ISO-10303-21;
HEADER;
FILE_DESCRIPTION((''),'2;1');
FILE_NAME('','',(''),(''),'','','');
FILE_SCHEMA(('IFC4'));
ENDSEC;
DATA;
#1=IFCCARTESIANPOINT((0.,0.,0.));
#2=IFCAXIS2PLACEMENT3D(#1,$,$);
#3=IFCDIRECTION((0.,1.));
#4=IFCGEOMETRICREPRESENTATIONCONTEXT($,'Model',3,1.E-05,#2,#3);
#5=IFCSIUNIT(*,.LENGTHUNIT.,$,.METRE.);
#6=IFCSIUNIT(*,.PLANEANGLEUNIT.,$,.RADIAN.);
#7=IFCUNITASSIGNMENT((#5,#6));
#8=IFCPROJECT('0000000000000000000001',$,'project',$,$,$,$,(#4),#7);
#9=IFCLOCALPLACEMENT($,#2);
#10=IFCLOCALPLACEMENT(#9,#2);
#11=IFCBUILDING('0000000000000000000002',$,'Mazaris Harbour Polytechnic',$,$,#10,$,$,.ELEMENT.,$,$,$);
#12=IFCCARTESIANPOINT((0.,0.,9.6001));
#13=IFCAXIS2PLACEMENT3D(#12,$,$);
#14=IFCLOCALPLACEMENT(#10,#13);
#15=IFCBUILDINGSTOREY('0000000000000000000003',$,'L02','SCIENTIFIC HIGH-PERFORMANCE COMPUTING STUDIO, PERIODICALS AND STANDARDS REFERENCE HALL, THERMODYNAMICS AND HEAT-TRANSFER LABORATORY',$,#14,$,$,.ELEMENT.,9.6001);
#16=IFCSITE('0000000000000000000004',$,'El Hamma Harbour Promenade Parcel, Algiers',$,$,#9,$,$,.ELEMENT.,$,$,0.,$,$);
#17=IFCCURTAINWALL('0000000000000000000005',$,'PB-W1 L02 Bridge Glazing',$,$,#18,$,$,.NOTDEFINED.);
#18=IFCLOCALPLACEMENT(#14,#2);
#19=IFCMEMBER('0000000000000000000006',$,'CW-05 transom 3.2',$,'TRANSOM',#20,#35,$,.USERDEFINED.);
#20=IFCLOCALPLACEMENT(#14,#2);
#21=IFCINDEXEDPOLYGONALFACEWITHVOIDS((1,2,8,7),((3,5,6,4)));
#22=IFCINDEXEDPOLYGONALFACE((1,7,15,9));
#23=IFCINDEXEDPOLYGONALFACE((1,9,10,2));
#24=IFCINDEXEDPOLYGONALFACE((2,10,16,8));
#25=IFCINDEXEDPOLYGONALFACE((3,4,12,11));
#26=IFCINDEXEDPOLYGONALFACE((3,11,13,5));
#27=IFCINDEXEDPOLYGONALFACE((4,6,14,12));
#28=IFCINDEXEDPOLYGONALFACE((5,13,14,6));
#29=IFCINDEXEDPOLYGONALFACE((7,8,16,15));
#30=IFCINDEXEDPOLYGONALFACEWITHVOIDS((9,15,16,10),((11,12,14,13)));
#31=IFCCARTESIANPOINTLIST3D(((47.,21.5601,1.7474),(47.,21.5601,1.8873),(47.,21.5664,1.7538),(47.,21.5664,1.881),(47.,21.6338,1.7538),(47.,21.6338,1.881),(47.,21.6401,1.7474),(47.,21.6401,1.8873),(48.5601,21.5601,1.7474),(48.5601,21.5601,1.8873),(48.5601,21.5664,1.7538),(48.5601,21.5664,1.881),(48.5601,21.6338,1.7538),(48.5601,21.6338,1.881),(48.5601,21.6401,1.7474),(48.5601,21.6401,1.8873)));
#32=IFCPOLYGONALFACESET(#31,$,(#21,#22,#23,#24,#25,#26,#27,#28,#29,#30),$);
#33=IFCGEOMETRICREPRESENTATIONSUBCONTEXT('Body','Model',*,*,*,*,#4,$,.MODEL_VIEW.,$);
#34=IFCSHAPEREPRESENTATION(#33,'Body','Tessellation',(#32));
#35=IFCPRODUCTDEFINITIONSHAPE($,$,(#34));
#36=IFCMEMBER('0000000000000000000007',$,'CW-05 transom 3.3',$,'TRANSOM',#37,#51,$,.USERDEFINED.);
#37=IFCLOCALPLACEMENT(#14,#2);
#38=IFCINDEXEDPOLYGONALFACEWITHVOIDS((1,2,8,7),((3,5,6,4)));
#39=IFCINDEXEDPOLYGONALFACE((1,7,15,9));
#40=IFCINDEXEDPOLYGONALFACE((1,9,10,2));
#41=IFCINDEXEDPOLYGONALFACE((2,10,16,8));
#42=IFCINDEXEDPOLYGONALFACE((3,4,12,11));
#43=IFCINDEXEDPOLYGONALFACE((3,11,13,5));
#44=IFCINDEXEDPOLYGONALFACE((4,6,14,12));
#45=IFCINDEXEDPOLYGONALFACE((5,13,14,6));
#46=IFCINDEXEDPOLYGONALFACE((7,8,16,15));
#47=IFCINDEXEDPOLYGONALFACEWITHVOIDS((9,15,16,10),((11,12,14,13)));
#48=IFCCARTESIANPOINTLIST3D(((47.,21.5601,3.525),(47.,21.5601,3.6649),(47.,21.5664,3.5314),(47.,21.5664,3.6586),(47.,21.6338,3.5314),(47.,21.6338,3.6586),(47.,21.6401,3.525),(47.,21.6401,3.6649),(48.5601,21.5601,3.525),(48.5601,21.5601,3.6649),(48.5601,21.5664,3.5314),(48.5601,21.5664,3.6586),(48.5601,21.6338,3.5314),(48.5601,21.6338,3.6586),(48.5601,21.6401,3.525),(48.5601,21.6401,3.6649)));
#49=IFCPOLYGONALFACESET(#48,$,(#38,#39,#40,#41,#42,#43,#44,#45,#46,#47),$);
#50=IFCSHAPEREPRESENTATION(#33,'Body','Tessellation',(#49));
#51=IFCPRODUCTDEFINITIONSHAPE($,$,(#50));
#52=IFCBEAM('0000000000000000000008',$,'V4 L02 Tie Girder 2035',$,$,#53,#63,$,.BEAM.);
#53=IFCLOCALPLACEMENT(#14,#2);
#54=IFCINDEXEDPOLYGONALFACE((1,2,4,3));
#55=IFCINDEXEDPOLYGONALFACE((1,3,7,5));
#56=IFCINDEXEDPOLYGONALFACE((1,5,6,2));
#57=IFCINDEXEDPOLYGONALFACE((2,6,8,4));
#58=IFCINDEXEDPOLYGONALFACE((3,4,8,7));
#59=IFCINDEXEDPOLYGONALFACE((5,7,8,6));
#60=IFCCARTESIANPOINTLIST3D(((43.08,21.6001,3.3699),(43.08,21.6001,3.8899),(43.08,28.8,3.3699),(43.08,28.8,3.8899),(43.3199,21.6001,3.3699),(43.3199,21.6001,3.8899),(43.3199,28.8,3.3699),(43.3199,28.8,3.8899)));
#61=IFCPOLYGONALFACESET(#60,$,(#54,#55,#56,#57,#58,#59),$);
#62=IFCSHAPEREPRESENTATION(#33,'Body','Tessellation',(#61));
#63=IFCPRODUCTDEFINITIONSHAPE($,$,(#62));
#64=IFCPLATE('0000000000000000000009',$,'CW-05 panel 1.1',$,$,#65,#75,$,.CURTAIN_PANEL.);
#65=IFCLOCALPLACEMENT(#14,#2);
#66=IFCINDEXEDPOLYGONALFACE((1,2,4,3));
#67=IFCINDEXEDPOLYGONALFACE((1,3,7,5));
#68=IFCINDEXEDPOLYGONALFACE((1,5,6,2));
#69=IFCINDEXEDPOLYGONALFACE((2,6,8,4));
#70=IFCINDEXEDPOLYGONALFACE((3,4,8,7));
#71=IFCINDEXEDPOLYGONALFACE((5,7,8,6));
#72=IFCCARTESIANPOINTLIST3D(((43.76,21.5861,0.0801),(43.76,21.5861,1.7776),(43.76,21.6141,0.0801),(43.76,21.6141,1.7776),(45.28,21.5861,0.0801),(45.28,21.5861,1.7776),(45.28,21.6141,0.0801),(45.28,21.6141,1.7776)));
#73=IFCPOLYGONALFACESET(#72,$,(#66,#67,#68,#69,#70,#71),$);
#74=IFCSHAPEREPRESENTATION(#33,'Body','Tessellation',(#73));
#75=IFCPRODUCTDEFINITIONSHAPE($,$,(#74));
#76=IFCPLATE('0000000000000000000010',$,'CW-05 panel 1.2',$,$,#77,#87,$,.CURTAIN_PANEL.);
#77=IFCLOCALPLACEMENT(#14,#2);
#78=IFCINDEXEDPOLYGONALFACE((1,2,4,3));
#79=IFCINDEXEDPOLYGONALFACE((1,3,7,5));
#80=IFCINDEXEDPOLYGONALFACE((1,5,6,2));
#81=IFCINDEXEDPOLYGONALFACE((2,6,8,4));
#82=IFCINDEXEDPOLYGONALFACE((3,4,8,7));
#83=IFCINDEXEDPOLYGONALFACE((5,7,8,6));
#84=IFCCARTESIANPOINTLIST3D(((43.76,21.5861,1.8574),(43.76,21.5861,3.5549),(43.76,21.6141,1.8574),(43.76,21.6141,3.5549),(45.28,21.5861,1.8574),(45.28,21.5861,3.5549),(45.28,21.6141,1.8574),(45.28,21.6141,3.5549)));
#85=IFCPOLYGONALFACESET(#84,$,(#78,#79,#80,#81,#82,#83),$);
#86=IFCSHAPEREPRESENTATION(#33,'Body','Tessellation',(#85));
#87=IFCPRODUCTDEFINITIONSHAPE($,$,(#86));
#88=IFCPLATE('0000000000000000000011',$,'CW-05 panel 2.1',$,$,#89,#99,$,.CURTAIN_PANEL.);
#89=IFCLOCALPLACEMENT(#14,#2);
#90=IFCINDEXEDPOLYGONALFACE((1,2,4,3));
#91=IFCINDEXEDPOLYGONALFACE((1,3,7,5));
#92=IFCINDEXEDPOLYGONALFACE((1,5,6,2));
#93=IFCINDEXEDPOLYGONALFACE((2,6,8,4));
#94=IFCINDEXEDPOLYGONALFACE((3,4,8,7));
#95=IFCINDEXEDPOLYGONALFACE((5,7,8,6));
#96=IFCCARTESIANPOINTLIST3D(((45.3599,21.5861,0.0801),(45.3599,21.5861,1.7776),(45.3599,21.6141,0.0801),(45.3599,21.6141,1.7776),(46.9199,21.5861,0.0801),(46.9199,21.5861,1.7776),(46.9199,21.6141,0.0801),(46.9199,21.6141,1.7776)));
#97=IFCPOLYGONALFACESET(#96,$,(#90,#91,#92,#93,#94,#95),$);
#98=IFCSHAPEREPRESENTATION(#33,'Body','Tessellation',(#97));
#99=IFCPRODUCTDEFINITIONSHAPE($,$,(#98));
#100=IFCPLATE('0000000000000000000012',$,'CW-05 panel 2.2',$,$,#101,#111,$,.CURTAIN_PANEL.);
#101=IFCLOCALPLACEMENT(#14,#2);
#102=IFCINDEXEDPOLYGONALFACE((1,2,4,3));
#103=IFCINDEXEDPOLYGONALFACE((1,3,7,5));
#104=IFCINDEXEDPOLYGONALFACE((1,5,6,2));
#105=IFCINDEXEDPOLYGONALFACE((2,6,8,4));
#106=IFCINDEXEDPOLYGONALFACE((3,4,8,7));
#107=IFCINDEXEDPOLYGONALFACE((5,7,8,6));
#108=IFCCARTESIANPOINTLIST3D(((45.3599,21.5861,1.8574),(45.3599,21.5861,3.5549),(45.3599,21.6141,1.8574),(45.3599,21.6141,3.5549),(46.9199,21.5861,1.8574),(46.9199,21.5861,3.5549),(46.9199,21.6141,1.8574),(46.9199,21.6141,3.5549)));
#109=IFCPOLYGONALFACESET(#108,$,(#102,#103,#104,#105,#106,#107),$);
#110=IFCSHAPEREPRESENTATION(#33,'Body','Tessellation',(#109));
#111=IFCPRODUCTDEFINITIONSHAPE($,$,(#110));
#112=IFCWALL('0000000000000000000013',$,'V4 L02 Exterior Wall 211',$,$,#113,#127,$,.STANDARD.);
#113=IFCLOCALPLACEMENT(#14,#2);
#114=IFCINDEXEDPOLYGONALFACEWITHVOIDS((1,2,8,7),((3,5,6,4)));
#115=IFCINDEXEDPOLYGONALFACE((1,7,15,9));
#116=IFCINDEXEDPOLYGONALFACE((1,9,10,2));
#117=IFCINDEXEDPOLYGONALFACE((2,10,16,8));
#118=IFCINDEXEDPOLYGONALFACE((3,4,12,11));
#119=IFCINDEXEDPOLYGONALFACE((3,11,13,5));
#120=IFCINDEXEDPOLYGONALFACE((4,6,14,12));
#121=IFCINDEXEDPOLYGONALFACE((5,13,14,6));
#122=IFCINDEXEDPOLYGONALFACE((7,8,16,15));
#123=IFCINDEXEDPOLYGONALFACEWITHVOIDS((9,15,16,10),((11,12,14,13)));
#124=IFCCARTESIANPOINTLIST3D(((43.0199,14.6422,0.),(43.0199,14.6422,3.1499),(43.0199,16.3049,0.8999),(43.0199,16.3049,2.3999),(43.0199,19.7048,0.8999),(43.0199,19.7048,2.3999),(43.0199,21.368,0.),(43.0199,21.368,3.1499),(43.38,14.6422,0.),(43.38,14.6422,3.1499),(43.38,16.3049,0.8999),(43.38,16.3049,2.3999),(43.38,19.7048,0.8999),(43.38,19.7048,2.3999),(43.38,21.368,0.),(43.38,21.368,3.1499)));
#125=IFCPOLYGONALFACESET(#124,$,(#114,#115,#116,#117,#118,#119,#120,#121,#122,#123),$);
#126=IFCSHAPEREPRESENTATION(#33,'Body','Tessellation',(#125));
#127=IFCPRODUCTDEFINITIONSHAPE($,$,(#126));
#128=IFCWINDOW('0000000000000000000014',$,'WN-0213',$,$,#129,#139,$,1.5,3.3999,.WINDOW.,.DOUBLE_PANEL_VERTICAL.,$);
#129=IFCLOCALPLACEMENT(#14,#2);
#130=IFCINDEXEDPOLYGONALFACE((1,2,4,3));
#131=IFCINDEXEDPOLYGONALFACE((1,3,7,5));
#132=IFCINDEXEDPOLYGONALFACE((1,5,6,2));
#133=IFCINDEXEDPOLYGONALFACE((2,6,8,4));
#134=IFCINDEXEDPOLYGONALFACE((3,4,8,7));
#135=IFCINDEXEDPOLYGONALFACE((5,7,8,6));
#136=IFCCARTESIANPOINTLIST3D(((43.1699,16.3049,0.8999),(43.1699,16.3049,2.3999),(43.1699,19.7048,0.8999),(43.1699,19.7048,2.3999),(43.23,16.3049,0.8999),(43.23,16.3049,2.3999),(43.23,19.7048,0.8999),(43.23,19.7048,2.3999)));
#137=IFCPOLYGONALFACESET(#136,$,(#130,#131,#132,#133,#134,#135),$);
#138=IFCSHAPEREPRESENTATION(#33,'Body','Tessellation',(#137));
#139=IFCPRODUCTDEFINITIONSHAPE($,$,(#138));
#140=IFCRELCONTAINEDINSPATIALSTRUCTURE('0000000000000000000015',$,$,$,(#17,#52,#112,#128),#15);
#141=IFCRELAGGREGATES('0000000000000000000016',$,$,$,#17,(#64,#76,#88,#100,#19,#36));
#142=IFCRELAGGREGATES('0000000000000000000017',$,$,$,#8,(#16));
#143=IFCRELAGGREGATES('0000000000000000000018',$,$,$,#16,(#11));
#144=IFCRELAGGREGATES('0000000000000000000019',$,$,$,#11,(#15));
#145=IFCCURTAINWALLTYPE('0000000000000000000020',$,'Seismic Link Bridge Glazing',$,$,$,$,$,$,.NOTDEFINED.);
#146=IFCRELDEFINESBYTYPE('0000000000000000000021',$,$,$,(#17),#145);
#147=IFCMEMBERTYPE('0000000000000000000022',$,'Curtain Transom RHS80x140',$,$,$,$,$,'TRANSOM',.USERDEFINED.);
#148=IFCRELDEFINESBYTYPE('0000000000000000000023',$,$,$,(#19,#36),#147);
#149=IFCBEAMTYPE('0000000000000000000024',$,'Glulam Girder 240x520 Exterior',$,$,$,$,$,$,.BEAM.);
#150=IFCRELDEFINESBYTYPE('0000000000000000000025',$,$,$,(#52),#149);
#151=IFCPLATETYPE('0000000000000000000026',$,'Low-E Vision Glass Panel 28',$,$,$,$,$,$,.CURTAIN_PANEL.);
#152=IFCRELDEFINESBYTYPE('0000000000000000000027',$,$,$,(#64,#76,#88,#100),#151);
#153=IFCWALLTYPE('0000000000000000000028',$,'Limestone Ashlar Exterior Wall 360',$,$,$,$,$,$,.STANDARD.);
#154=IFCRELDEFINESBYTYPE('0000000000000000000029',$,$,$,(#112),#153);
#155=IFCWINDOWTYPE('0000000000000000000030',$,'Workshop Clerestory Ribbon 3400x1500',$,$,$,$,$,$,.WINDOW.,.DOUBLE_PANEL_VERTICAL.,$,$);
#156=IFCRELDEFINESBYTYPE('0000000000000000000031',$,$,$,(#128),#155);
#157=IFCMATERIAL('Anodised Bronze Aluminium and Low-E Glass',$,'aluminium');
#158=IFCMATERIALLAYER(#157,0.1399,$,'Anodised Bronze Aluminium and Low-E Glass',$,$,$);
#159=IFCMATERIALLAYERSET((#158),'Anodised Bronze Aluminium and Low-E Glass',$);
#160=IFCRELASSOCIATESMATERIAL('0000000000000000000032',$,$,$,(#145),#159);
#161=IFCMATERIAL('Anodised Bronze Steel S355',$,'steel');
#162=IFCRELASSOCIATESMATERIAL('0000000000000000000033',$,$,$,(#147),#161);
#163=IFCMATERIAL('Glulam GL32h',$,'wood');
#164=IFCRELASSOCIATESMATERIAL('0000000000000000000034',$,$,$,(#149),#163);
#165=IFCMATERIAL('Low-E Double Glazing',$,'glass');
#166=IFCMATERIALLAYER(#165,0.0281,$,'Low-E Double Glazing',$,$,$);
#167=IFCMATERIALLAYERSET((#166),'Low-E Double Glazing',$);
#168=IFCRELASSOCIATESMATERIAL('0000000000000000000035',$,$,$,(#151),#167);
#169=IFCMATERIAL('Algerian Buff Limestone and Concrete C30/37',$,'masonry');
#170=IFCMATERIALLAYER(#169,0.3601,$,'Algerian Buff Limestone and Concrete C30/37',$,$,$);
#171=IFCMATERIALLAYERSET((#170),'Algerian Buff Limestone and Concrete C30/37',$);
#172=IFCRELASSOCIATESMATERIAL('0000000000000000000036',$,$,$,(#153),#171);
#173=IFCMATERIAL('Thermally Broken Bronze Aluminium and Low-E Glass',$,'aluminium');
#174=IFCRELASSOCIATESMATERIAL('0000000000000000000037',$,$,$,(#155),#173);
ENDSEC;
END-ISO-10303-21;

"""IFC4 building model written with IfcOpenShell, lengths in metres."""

from ifc_helpers import new_model, si_unit, direction, frame, frame_2d, origin, origin_2d, place, context, subcontext, project, spatial, rectangle, hollow_rectangle, extrude, material, layer, layer_set, material_profile, profile_set, type_object, element, fill, aggregate, save


model = new_model("IFC4")

# Units and contexts
model_context = context("Model", 3, precision=1e-05, world=origin(), true_north=direction((0.0, 1.0)))
body_context = subcontext(model_context, "Body", "Model", "MODEL_VIEW")
ifc_project = project(units=[si_unit("LENGTHUNIT", "METRE"), si_unit("PLANEANGLEUNIT", "RADIAN")], contexts=[model_context])

# Site, building, storey
site_placement = place(None, origin())
site = spatial("IfcSite", under=ifc_project, at=site_placement, Name="El Hamma Harbour Promenade Parcel, Algiers", CompositionType="ELEMENT", RefElevation=0.0)
building_placement = place(site_placement, origin())
building = spatial("IfcBuilding", under=site, at=building_placement, Name="Mazaris Harbour Polytechnic", CompositionType="ELEMENT")
storey_placement = place(building_placement, frame((0.0, 0.0, 9.6001)))
storey = spatial("IfcBuildingStorey", under=building, at=storey_placement, Name="L02", Description="SCIENTIFIC HIGH-PERFORMANCE COMPUTING STUDIO, PERIODICALS AND STANDARDS REFERENCE HALL, THERMODYNAMICS AND HEAT-TRANSFER LABORATORY", CompositionType="ELEMENT", Elevation=9.6001)

# Curtain wall, members
ifc_material_1 = material(Name="Anodised Bronze Aluminium and Low-E Glass", Category="aluminium")
ifc_layer_1 = layer(ifc_material_1, 0.1399, Name="Anodised Bronze Aluminium and Low-E Glass")
ifc_layer_set_1 = layer_set([ifc_layer_1], Name="Anodised Bronze Aluminium and Low-E Glass")
curtain_wall_type = type_object("IfcCurtainWallType", Name="Seismic Link Bridge Glazing", PredefinedType="NOTDEFINED", material=ifc_layer_set_1)
curtain_wall_placement = place(storey_placement, origin())
curtain_wall = element("IfcCurtainWall", 1, at=curtain_wall_placement, inside=storey, type_object=curtain_wall_type, Name="PB-W1 L02 Bridge Glazing", PredefinedType="NOTDEFINED")
ifc_material_2 = material(Name="Anodised Bronze Steel S355", Category="steel")
ifc_material_profile_1 = material_profile(ifc_material_2, hollow_rectangle(XDim=0.0801, YDim=0.1399, WallThickness=0.0063, at=origin_2d()), Name="RHS 80x140x6.3")
ifc_profile_set_1 = profile_set([ifc_material_profile_1], Name="Anodised Bronze Steel S355")
member_type_1 = type_object("IfcMemberType", Name="Curtain Transom RHS80x140", ElementType="TRANSOM", PredefinedType="USERDEFINED", material=ifc_profile_set_1)
member_1_placement = place(storey_placement, frame((47.0, 21.6001, 1.8174), z_axis=(1.0, 0.0, 0.0), x_axis=(0.0, 1.0, 0.0)))
member_1 = element("IfcMember", 2, at=member_1_placement, type_object=member_type_1, Name="CW-05 transom 3.2", ObjectType="TRANSOM", PredefinedType="USERDEFINED", context=body_context, shape_type="SweptSolid", body=[
    extrude(hollow_rectangle(XDim=0.0801, YDim=0.1399, WallThickness=0.0063, at=origin_2d()), origin(), (0.0, 0.0, 1.0), 1.5601),
])
member_2_placement = place(storey_placement, frame((47.0, 21.6001, 3.595), z_axis=(1.0, 0.0, 0.0), x_axis=(0.0, 1.0, 0.0)))
member_2 = element("IfcMember", 3, at=member_2_placement, type_object=member_type_1, Name="CW-05 transom 3.3", ObjectType="TRANSOM", PredefinedType="USERDEFINED", context=body_context, shape_type="SweptSolid", body=[
    extrude(hollow_rectangle(XDim=0.0801, YDim=0.1399, WallThickness=0.0063, at=origin_2d()), origin(), (0.0, 0.0, 1.0), 1.5601),
])

# Beam
ifc_material_3 = material(Name="Glulam GL32h", Category="wood")
ifc_material_profile_2 = material_profile(ifc_material_3, rectangle(XDim=0.24, YDim=0.52, at=origin_2d()), Name="RECT240x520")
ifc_profile_set_2 = profile_set([ifc_material_profile_2], Name="Glulam GL32h")
beam_type = type_object("IfcBeamType", Name="Glulam Girder 240x520 Exterior", PredefinedType="BEAM", material=ifc_profile_set_2)
beam_placement = place(storey_placement, frame((43.2, 21.6001, 3.6299), z_axis=(0.0, 1.0, 0.0), x_axis=(-1.0, 0.0, 0.0)))
element("IfcBeam", 4, at=beam_placement, inside=storey, type_object=beam_type, Name="V4 L02 Tie Girder 2035", PredefinedType="BEAM", context=body_context, shape_type="SweptSolid", body=[
    extrude(rectangle(XDim=0.24, YDim=0.52, at=origin_2d()), origin(), (0.0, 0.0, 1.0), 7.2),
])

# Plates
ifc_material_4 = material(Name="Low-E Double Glazing", Category="glass")
ifc_layer_2 = layer(ifc_material_4, 0.0281, Name="Low-E Double Glazing")
ifc_layer_set_2 = layer_set([ifc_layer_2], Name="Low-E Double Glazing")
plate_type = type_object("IfcPlateType", Name="Low-E Vision Glass Panel 28", PredefinedType="CURTAIN_PANEL", material=ifc_layer_set_2)
plate_1_placement = place(storey_placement, frame((44.52, 21.6001, 0.0801), z_axis=(0.0, 0.0, 1.0), x_axis=(1.0, 0.0, 0.0)))
plate_1 = element("IfcPlate", 5, at=plate_1_placement, type_object=plate_type, Name="CW-05 panel 1.1", PredefinedType="CURTAIN_PANEL", context=body_context, shape_type="SweptSolid", body=[
    extrude(rectangle(XDim=1.52, YDim=0.0281, at=origin_2d()), origin(), (0.0, 0.0, 1.0), 1.6975),
])
plate_2_placement = place(storey_placement, frame((44.52, 21.6001, 1.8574), z_axis=(0.0, 0.0, 1.0), x_axis=(1.0, 0.0, 0.0)))
plate_2 = element("IfcPlate", 6, at=plate_2_placement, type_object=plate_type, Name="CW-05 panel 1.2", PredefinedType="CURTAIN_PANEL", context=body_context, shape_type="SweptSolid", body=[
    extrude(rectangle(XDim=1.52, YDim=0.0281, at=origin_2d()), origin(), (0.0, 0.0, 1.0), 1.6975),
])
plate_3_placement = place(storey_placement, frame((46.1399, 21.6001, 0.0801), z_axis=(0.0, 0.0, 1.0), x_axis=(1.0, 0.0, 0.0)))
plate_3 = element("IfcPlate", 7, at=plate_3_placement, type_object=plate_type, Name="CW-05 panel 2.1", PredefinedType="CURTAIN_PANEL", context=body_context, shape_type="SweptSolid", body=[
    extrude(rectangle(XDim=1.5601, YDim=0.0281, at=origin_2d()), origin(), (0.0, 0.0, 1.0), 1.6975),
])
plate_4_placement = place(storey_placement, frame((46.1399, 21.6001, 1.8574), z_axis=(0.0, 0.0, 1.0), x_axis=(1.0, 0.0, 0.0)))
plate_4 = element("IfcPlate", 8, at=plate_4_placement, type_object=plate_type, Name="CW-05 panel 2.2", PredefinedType="CURTAIN_PANEL", context=body_context, shape_type="SweptSolid", body=[
    extrude(rectangle(XDim=1.5601, YDim=0.0281, at=origin_2d()), origin(), (0.0, 0.0, 1.0), 1.6975),
])
aggregate(curtain_wall, [plate_1, plate_2, plate_3, plate_4, member_1, member_2])

# Wall, opening, window
ifc_material_5 = material(Name="Algerian Buff Limestone and Concrete C30/37", Category="masonry")
ifc_layer_3 = layer(ifc_material_5, 0.3601, Name="Algerian Buff Limestone and Concrete C30/37")
ifc_layer_set_3 = layer_set([ifc_layer_3], Name="Algerian Buff Limestone and Concrete C30/37")
wall_type = type_object("IfcWallType", Name="Limestone Ashlar Exterior Wall 360", PredefinedType="STANDARD", material=ifc_layer_set_3)
wall_placement = place(storey_placement, frame((43.2, 21.3679, 0.0), z_axis=(0.0, 0.0, 1.0), x_axis=(0.0, -1.0, 0.0)))
wall = element("IfcWall", 9, at=wall_placement, inside=storey, type_object=wall_type, Name="V4 L02 Exterior Wall 211", PredefinedType="STANDARD", context=body_context, shape_type="SweptSolid", body=[
    extrude(rectangle(XDim=6.7258, YDim=0.3601, at=frame_2d((3.3628, 0.0))), origin(), (0.0, 0.0, 1.0), 3.1499),
])
opening_placement = place(wall_placement, frame((1.6631, 0.0, 0.8999)))
opening = element("IfcOpeningElement", 10, at=opening_placement, cuts=wall, PredefinedType="OPENING", context=body_context, shape_type="SweptSolid", body=[
    extrude(rectangle(XDim=3.3999, YDim=1.5, at=frame_2d((1.7, 0.75))), frame((0.0, 0.1899, 0.0), z_axis=(0.0, -1.0, 0.0), x_axis=(1.0, 0.0, 0.0)), (0.0, 0.0, 1.0), 0.3801),
])
ifc_material_6 = material(Name="Thermally Broken Bronze Aluminium and Low-E Glass", Category="aluminium")
window_type = type_object("IfcWindowType", Name="Workshop Clerestory Ribbon 3400x1500", PartitioningType="DOUBLE_PANEL_VERTICAL", PredefinedType="WINDOW", material=ifc_material_6)
window_placement = place(opening_placement, origin())
window = element("IfcWindow", 11, at=window_placement, inside=storey, type_object=window_type, Name="WN-0213", OverallHeight=1.5, OverallWidth=3.3999, PartitioningType="DOUBLE_PANEL_VERTICAL", PredefinedType="WINDOW", context=body_context, shape_type="SweptSolid", body=[
    extrude(rectangle(XDim=3.3999, YDim=1.5, at=frame_2d((1.7, 0.75))), frame((0.0, 0.03, 0.0), z_axis=(0.0, -1.0, 0.0), x_axis=(1.0, 0.0, 0.0)), (0.0, 0.0, 1.0), 0.0601),
])
fill(opening, window)

save(model, "model.ifc")
